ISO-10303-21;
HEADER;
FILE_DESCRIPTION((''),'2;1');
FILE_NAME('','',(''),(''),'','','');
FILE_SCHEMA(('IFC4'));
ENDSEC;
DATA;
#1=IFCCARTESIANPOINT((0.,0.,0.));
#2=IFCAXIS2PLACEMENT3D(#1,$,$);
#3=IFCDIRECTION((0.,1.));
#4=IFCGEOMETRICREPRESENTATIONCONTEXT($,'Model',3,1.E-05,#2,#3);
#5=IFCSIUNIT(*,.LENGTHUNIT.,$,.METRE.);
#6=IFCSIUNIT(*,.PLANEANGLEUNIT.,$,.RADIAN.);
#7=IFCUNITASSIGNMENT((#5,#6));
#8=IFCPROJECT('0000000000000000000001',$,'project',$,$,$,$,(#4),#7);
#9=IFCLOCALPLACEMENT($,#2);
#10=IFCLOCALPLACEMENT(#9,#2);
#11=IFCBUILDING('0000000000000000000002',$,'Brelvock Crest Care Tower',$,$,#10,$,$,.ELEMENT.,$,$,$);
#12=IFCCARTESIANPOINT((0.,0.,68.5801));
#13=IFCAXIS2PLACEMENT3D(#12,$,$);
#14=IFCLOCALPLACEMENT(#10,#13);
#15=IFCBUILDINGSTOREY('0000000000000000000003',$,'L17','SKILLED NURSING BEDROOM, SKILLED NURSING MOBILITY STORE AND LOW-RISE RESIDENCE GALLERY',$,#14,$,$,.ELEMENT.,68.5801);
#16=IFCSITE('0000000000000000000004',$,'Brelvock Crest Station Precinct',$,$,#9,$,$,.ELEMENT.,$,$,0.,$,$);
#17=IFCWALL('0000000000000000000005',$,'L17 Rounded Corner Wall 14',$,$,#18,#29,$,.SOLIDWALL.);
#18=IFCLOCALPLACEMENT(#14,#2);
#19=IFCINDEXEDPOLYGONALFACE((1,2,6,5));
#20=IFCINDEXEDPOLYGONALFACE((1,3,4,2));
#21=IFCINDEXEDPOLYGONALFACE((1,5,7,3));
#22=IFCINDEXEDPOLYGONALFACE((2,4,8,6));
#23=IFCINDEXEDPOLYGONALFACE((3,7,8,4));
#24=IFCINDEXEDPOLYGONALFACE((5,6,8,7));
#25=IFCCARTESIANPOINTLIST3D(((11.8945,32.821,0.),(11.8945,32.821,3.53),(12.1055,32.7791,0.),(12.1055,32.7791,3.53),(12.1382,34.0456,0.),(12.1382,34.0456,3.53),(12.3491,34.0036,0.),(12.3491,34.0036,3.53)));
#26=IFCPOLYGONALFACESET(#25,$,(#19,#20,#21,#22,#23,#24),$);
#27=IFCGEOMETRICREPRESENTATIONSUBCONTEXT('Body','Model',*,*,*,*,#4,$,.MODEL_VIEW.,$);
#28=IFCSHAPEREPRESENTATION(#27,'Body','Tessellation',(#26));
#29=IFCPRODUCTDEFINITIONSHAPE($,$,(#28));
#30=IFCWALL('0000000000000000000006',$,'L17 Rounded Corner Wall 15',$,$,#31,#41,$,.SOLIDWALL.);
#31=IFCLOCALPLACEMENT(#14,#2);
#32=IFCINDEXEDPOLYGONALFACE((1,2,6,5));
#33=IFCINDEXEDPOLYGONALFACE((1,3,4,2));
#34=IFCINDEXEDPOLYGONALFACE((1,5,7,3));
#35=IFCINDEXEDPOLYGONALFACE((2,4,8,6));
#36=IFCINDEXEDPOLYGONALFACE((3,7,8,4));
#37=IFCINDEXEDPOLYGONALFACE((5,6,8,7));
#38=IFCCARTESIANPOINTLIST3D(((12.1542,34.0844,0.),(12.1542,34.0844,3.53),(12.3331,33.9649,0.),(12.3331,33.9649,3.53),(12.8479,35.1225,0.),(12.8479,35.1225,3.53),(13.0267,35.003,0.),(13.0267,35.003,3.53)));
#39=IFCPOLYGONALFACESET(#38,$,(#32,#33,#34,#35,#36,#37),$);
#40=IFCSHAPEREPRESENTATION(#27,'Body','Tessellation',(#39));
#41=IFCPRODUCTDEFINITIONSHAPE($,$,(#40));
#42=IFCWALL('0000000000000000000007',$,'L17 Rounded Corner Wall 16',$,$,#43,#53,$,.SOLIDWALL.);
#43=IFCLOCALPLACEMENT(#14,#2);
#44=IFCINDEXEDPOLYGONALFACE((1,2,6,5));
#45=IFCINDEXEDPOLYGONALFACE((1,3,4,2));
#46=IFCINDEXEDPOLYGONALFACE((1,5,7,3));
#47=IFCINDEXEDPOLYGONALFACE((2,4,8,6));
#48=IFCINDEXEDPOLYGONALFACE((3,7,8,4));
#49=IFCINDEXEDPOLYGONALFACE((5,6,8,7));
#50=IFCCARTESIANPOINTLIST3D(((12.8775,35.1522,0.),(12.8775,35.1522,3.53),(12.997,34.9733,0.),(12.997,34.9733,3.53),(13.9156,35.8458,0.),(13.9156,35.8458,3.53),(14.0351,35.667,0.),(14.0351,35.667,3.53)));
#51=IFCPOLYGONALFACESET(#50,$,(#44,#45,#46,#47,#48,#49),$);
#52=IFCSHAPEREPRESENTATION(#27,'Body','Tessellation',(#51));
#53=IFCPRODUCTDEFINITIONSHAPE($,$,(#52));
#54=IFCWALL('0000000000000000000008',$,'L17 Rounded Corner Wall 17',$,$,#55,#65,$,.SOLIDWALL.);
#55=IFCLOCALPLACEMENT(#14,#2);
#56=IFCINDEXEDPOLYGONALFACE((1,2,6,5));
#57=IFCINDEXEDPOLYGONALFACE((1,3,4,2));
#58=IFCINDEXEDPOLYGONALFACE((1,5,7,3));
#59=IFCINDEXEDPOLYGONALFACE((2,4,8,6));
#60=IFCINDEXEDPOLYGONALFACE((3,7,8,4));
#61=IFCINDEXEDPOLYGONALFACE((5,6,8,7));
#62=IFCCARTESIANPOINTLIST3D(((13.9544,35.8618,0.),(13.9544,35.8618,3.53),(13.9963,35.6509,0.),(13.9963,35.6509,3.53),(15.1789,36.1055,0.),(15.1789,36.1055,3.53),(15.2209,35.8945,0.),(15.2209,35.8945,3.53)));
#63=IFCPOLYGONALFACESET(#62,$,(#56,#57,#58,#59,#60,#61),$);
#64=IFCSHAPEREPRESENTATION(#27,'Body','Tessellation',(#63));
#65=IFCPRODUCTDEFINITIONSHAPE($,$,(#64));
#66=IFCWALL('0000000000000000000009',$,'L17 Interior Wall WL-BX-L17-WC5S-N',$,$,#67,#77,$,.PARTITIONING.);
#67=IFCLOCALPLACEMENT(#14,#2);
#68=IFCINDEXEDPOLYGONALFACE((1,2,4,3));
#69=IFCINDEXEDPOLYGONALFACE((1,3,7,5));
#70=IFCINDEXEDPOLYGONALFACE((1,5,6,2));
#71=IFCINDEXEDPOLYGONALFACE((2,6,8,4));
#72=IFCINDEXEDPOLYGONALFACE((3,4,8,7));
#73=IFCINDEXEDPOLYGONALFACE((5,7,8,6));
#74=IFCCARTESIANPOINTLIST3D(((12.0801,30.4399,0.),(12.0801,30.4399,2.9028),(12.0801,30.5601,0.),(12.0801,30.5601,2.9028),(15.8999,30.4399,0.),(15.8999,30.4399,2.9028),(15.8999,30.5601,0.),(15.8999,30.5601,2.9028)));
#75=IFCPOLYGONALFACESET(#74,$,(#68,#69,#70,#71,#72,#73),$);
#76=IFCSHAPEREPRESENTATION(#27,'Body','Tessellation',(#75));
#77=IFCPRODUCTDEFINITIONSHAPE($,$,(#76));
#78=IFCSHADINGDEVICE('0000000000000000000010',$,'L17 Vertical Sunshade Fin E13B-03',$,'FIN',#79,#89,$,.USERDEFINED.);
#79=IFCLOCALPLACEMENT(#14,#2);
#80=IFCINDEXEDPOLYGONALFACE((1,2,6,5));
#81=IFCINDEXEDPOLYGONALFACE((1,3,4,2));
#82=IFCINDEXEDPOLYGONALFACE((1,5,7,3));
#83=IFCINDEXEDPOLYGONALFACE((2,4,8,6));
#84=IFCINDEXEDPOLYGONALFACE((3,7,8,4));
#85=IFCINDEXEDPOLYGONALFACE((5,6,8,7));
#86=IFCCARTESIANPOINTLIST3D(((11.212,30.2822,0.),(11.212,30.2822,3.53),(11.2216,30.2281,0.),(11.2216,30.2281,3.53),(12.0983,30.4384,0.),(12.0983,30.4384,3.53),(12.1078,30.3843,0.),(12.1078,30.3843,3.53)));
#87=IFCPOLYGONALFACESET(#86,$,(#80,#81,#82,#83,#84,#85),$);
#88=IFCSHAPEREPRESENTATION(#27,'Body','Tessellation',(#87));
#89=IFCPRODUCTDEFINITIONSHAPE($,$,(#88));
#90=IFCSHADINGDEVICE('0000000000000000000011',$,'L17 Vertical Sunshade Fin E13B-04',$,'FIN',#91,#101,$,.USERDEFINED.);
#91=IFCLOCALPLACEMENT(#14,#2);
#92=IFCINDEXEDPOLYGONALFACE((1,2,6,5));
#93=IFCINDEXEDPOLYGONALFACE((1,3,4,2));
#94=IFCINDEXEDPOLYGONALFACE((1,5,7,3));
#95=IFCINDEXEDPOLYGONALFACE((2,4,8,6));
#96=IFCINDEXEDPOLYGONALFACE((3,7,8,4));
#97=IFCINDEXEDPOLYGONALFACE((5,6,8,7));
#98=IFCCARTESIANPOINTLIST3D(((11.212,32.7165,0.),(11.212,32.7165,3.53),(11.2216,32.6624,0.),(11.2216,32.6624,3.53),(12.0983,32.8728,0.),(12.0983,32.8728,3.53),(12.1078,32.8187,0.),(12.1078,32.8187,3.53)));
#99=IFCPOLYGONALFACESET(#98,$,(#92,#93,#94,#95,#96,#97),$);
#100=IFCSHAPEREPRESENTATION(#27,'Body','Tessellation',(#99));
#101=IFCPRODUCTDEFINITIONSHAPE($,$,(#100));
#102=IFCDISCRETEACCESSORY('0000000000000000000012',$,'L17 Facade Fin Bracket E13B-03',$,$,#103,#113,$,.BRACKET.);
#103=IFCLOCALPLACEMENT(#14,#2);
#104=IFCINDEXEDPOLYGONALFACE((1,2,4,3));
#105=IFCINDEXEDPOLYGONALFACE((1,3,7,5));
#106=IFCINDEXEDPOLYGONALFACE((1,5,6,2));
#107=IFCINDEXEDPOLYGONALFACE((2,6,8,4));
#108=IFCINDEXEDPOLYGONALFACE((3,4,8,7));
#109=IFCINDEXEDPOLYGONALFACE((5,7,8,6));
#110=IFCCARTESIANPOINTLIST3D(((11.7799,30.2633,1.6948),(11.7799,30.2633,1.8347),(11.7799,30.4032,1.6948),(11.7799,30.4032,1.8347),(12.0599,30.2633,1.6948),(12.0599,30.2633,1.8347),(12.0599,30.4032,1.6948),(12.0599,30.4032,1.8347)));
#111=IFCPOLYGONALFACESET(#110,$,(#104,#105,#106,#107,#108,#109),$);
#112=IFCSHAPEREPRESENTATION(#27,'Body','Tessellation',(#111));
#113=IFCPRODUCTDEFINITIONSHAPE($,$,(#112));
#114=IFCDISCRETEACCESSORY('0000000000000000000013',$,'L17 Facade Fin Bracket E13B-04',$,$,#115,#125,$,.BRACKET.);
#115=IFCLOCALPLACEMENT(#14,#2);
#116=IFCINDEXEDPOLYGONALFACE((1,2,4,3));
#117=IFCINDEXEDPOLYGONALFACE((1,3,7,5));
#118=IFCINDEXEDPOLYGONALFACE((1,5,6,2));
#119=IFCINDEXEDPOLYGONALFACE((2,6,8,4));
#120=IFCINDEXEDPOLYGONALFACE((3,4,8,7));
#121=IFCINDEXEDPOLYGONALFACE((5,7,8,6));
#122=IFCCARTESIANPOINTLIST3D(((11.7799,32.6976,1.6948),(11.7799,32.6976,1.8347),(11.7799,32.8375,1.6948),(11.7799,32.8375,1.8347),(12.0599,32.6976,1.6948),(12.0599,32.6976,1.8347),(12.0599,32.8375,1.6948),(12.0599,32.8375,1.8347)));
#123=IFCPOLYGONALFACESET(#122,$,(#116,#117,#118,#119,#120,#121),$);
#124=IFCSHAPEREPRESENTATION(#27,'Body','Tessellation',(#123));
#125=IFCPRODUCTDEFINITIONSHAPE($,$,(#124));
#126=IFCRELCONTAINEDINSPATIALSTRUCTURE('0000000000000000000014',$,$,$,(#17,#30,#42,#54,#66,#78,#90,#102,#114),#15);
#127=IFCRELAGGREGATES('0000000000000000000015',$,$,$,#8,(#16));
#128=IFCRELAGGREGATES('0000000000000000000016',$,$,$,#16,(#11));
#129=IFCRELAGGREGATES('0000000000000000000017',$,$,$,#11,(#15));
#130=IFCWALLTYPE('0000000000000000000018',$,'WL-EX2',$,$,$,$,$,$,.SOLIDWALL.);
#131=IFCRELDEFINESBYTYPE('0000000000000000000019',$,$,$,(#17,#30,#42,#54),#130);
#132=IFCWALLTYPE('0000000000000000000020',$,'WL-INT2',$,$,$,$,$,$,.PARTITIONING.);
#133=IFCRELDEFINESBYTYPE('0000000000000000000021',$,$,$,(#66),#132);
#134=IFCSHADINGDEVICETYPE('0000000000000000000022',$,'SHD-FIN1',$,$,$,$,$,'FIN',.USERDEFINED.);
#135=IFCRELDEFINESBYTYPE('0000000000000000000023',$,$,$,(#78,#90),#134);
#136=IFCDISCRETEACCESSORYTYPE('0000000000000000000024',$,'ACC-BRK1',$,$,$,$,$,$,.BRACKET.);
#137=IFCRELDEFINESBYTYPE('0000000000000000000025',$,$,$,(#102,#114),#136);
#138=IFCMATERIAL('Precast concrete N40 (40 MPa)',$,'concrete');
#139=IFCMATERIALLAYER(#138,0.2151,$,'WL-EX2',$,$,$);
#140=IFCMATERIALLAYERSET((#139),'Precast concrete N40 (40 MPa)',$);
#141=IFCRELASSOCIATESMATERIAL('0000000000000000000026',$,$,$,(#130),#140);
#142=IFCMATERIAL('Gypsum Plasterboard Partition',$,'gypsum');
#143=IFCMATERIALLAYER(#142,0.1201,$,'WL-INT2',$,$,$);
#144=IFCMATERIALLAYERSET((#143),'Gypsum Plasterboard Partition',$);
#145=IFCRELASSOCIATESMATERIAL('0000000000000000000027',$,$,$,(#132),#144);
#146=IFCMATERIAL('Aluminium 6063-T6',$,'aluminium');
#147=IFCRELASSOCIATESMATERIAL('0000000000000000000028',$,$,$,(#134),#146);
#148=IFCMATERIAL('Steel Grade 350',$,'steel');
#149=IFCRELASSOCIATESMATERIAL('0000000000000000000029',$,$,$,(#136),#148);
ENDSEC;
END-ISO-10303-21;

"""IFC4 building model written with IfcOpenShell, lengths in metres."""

from ifc_helpers import new_model, si_unit, direction, frame, frame_2d, origin, origin_2d, place, context, subcontext, project, spatial, rectangle, extrude, source, transform, mapped, material, layer, layer_set, material_profile, profile_set, type_object, element, save


model = new_model("IFC4")

# Units and contexts
model_context = context("Model", 3, precision=1e-05, world=origin(), true_north=direction((0.0, 1.0)))
body_context = subcontext(model_context, "Body", "Model", "MODEL_VIEW")
ifc_project = project(units=[si_unit("LENGTHUNIT", "METRE"), si_unit("PLANEANGLEUNIT", "RADIAN")], contexts=[model_context])

# Site, building, storey
site_placement = place(None, origin())
site = spatial("IfcSite", under=ifc_project, at=site_placement, Name="Brelvock Crest Station Precinct", CompositionType="ELEMENT", RefElevation=0.0)
building_placement = place(site_placement, origin())
building = spatial("IfcBuilding", under=site, at=building_placement, Name="Brelvock Crest Care Tower", CompositionType="ELEMENT")
storey_placement = place(building_placement, frame((0.0, 0.0, 68.5801)))
storey = spatial("IfcBuildingStorey", under=building, at=storey_placement, Name="L17", Description="SKILLED NURSING BEDROOM, SKILLED NURSING MOBILITY STORE AND LOW-RISE RESIDENCE GALLERY", CompositionType="ELEMENT", Elevation=68.5801)

# Shared definitions
ifc_material_1 = material(Name="Steel Grade 350", Category="steel")

# Shared definitions
ifc_material_2 = material(Name="Aluminium 6063-T6", Category="aluminium")

# Walls
ifc_material_3 = material(Name="Precast concrete N40 (40 MPa)", Category="concrete")
ifc_layer_1 = layer(ifc_material_3, 0.2151, Name="WL-EX2")
ifc_layer_set_1 = layer_set([ifc_layer_1], Name="Precast concrete N40 (40 MPa)")
wall_type_1 = type_object("IfcWallType", Name="WL-EX2", PredefinedType="SOLIDWALL", material=ifc_layer_set_1)
for number, where, z_axis, x_axis, name in (
    (1, (12.0, 32.8, 0.0), (0.0, 0.0, 1.0), (0.195138, 0.980776, 0.0), "L17 Rounded Corner Wall 14"),
    (2, (12.2437, 34.0247, 0.0), (0.0, 0.0, 1.0), (0.555557, 0.831478, 0.0), "L17 Rounded Corner Wall 15"),
    (3, (12.9373, 35.0627, 0.0), (0.0, 0.0, 1.0), (0.831478, 0.555557, 0.0), "L17 Rounded Corner Wall 16"),
    (4, (13.9753, 35.7563, 0.0), (0.0, 0.0, 1.0), (0.980776, 0.195138, 0.0), "L17 Rounded Corner Wall 17"),
):
    element("IfcWall", number, at=place(storey_placement, frame(where, z_axis=z_axis, x_axis=x_axis)), inside=storey, type_object=wall_type_1, Name=name, PredefinedType="SOLIDWALL", context=body_context, shape_type="SweptSolid", body=[
        extrude(rectangle(XDim=1.2485, YDim=0.2151, at=frame_2d((0.6243, 0.0))), origin(), (0.0, 0.0, 1.0), 3.53),
    ])
ifc_material_4 = material(Name="Gypsum Plasterboard Partition", Category="gypsum")
ifc_layer_2 = layer(ifc_material_4, 0.1201, Name="WL-INT2")
ifc_layer_set_2 = layer_set([ifc_layer_2], Name="Gypsum Plasterboard Partition")
wall_type_2 = type_object("IfcWallType", Name="WL-INT2", PredefinedType="PARTITIONING", material=ifc_layer_set_2)
wall_placement = place(storey_placement, frame((12.0801, 30.5, 0.0), z_axis=(0.0, 0.0, 1.0), x_axis=(1.0, 0.0, 0.0)))
element("IfcWall", 5, at=wall_placement, inside=storey, type_object=wall_type_2, Name="L17 Interior Wall WL-BX-L17-WC5S-N", PredefinedType="PARTITIONING", context=body_context, shape_type="SweptSolid", body=[
    extrude(rectangle(XDim=3.8198, YDim=0.1201, at=frame_2d((1.9099, 0.0))), origin(), (0.0, 0.0, 1.0), 2.9028),
])

# Shading devices
ifc_material_profile_1 = material_profile(ifc_material_2, rectangle(XDim=0.0549, YDim=0.8999, at=origin_2d()), Name="FIN55x900")
ifc_profile_set_1 = profile_set([ifc_material_profile_1], Name="Aluminium 6063-T6")
shading_device_type = type_object("IfcShadingDeviceType", Name="SHD-FIN1", ElementType="FIN", PredefinedType="USERDEFINED", material=ifc_profile_set_1)
shared_shape_1 = source(origin(), body_context, "Body", "SweptSolid", [
    extrude(rectangle(XDim=0.0549, YDim=0.8999, at=origin_2d()), origin(), (0.0, 0.0, 1.0), 3.53),
])
for number, where, z_axis, x_axis, name in (
    (6, (11.6599, 30.3333, 0.0), (0.0, 0.0, 1.0), (-0.173648, 0.984808, 0.0), "L17 Vertical Sunshade Fin E13B-03"),
    (7, (11.6599, 32.7676, 0.0), (0.0, 0.0, 1.0), (-0.173648, 0.984808, 0.0), "L17 Vertical Sunshade Fin E13B-04"),
):
    element("IfcShadingDevice", number, at=place(storey_placement, frame(where, z_axis=z_axis, x_axis=x_axis)), inside=storey, type_object=shading_device_type, Name=name, ObjectType="FIN", PredefinedType="USERDEFINED", context=body_context, shape_type="MappedRepresentation", body=[
        mapped(shared_shape_1, transform((0.0, 0.0, 0.0), x_axis=(1.0, 0.0, 0.0), y_axis=(0.0, 1.0, 0.0), z_axis=(0.0, 0.0, 1.0), scale=1.0)),
    ])

# Discrete accessories
discrete_accessory_type = type_object("IfcDiscreteAccessoryType", Name="ACC-BRK1", PredefinedType="BRACKET", material=ifc_material_1)
shared_shape_2 = source(origin(), body_context, "Body", "SweptSolid", [
    extrude(rectangle(XDim=0.28, YDim=0.1399, at=origin_2d()), origin(), (0.0, 0.0, 1.0), 0.1399),
])
for number, where, z_axis, x_axis, name in (
    (8, (11.9199, 30.3333, 1.6948), (0.0, 0.0, 1.0), (-1.0, 0.0, 0.0), "L17 Facade Fin Bracket E13B-03"),
    (9, (11.9199, 32.7676, 1.6948), (0.0, 0.0, 1.0), (-1.0, 0.0, 0.0), "L17 Facade Fin Bracket E13B-04"),
):
    element("IfcDiscreteAccessory", number, at=place(storey_placement, frame(where, z_axis=z_axis, x_axis=x_axis)), inside=storey, type_object=discrete_accessory_type, Name=name, PredefinedType="BRACKET", context=body_context, shape_type="MappedRepresentation", body=[
        mapped(shared_shape_2, transform((0.0, 0.0, 0.0), x_axis=(1.0, 0.0, 0.0), y_axis=(0.0, 1.0, 0.0), z_axis=(0.0, 0.0, 1.0), scale=1.0)),
    ])

save(model, "model.ifc")
